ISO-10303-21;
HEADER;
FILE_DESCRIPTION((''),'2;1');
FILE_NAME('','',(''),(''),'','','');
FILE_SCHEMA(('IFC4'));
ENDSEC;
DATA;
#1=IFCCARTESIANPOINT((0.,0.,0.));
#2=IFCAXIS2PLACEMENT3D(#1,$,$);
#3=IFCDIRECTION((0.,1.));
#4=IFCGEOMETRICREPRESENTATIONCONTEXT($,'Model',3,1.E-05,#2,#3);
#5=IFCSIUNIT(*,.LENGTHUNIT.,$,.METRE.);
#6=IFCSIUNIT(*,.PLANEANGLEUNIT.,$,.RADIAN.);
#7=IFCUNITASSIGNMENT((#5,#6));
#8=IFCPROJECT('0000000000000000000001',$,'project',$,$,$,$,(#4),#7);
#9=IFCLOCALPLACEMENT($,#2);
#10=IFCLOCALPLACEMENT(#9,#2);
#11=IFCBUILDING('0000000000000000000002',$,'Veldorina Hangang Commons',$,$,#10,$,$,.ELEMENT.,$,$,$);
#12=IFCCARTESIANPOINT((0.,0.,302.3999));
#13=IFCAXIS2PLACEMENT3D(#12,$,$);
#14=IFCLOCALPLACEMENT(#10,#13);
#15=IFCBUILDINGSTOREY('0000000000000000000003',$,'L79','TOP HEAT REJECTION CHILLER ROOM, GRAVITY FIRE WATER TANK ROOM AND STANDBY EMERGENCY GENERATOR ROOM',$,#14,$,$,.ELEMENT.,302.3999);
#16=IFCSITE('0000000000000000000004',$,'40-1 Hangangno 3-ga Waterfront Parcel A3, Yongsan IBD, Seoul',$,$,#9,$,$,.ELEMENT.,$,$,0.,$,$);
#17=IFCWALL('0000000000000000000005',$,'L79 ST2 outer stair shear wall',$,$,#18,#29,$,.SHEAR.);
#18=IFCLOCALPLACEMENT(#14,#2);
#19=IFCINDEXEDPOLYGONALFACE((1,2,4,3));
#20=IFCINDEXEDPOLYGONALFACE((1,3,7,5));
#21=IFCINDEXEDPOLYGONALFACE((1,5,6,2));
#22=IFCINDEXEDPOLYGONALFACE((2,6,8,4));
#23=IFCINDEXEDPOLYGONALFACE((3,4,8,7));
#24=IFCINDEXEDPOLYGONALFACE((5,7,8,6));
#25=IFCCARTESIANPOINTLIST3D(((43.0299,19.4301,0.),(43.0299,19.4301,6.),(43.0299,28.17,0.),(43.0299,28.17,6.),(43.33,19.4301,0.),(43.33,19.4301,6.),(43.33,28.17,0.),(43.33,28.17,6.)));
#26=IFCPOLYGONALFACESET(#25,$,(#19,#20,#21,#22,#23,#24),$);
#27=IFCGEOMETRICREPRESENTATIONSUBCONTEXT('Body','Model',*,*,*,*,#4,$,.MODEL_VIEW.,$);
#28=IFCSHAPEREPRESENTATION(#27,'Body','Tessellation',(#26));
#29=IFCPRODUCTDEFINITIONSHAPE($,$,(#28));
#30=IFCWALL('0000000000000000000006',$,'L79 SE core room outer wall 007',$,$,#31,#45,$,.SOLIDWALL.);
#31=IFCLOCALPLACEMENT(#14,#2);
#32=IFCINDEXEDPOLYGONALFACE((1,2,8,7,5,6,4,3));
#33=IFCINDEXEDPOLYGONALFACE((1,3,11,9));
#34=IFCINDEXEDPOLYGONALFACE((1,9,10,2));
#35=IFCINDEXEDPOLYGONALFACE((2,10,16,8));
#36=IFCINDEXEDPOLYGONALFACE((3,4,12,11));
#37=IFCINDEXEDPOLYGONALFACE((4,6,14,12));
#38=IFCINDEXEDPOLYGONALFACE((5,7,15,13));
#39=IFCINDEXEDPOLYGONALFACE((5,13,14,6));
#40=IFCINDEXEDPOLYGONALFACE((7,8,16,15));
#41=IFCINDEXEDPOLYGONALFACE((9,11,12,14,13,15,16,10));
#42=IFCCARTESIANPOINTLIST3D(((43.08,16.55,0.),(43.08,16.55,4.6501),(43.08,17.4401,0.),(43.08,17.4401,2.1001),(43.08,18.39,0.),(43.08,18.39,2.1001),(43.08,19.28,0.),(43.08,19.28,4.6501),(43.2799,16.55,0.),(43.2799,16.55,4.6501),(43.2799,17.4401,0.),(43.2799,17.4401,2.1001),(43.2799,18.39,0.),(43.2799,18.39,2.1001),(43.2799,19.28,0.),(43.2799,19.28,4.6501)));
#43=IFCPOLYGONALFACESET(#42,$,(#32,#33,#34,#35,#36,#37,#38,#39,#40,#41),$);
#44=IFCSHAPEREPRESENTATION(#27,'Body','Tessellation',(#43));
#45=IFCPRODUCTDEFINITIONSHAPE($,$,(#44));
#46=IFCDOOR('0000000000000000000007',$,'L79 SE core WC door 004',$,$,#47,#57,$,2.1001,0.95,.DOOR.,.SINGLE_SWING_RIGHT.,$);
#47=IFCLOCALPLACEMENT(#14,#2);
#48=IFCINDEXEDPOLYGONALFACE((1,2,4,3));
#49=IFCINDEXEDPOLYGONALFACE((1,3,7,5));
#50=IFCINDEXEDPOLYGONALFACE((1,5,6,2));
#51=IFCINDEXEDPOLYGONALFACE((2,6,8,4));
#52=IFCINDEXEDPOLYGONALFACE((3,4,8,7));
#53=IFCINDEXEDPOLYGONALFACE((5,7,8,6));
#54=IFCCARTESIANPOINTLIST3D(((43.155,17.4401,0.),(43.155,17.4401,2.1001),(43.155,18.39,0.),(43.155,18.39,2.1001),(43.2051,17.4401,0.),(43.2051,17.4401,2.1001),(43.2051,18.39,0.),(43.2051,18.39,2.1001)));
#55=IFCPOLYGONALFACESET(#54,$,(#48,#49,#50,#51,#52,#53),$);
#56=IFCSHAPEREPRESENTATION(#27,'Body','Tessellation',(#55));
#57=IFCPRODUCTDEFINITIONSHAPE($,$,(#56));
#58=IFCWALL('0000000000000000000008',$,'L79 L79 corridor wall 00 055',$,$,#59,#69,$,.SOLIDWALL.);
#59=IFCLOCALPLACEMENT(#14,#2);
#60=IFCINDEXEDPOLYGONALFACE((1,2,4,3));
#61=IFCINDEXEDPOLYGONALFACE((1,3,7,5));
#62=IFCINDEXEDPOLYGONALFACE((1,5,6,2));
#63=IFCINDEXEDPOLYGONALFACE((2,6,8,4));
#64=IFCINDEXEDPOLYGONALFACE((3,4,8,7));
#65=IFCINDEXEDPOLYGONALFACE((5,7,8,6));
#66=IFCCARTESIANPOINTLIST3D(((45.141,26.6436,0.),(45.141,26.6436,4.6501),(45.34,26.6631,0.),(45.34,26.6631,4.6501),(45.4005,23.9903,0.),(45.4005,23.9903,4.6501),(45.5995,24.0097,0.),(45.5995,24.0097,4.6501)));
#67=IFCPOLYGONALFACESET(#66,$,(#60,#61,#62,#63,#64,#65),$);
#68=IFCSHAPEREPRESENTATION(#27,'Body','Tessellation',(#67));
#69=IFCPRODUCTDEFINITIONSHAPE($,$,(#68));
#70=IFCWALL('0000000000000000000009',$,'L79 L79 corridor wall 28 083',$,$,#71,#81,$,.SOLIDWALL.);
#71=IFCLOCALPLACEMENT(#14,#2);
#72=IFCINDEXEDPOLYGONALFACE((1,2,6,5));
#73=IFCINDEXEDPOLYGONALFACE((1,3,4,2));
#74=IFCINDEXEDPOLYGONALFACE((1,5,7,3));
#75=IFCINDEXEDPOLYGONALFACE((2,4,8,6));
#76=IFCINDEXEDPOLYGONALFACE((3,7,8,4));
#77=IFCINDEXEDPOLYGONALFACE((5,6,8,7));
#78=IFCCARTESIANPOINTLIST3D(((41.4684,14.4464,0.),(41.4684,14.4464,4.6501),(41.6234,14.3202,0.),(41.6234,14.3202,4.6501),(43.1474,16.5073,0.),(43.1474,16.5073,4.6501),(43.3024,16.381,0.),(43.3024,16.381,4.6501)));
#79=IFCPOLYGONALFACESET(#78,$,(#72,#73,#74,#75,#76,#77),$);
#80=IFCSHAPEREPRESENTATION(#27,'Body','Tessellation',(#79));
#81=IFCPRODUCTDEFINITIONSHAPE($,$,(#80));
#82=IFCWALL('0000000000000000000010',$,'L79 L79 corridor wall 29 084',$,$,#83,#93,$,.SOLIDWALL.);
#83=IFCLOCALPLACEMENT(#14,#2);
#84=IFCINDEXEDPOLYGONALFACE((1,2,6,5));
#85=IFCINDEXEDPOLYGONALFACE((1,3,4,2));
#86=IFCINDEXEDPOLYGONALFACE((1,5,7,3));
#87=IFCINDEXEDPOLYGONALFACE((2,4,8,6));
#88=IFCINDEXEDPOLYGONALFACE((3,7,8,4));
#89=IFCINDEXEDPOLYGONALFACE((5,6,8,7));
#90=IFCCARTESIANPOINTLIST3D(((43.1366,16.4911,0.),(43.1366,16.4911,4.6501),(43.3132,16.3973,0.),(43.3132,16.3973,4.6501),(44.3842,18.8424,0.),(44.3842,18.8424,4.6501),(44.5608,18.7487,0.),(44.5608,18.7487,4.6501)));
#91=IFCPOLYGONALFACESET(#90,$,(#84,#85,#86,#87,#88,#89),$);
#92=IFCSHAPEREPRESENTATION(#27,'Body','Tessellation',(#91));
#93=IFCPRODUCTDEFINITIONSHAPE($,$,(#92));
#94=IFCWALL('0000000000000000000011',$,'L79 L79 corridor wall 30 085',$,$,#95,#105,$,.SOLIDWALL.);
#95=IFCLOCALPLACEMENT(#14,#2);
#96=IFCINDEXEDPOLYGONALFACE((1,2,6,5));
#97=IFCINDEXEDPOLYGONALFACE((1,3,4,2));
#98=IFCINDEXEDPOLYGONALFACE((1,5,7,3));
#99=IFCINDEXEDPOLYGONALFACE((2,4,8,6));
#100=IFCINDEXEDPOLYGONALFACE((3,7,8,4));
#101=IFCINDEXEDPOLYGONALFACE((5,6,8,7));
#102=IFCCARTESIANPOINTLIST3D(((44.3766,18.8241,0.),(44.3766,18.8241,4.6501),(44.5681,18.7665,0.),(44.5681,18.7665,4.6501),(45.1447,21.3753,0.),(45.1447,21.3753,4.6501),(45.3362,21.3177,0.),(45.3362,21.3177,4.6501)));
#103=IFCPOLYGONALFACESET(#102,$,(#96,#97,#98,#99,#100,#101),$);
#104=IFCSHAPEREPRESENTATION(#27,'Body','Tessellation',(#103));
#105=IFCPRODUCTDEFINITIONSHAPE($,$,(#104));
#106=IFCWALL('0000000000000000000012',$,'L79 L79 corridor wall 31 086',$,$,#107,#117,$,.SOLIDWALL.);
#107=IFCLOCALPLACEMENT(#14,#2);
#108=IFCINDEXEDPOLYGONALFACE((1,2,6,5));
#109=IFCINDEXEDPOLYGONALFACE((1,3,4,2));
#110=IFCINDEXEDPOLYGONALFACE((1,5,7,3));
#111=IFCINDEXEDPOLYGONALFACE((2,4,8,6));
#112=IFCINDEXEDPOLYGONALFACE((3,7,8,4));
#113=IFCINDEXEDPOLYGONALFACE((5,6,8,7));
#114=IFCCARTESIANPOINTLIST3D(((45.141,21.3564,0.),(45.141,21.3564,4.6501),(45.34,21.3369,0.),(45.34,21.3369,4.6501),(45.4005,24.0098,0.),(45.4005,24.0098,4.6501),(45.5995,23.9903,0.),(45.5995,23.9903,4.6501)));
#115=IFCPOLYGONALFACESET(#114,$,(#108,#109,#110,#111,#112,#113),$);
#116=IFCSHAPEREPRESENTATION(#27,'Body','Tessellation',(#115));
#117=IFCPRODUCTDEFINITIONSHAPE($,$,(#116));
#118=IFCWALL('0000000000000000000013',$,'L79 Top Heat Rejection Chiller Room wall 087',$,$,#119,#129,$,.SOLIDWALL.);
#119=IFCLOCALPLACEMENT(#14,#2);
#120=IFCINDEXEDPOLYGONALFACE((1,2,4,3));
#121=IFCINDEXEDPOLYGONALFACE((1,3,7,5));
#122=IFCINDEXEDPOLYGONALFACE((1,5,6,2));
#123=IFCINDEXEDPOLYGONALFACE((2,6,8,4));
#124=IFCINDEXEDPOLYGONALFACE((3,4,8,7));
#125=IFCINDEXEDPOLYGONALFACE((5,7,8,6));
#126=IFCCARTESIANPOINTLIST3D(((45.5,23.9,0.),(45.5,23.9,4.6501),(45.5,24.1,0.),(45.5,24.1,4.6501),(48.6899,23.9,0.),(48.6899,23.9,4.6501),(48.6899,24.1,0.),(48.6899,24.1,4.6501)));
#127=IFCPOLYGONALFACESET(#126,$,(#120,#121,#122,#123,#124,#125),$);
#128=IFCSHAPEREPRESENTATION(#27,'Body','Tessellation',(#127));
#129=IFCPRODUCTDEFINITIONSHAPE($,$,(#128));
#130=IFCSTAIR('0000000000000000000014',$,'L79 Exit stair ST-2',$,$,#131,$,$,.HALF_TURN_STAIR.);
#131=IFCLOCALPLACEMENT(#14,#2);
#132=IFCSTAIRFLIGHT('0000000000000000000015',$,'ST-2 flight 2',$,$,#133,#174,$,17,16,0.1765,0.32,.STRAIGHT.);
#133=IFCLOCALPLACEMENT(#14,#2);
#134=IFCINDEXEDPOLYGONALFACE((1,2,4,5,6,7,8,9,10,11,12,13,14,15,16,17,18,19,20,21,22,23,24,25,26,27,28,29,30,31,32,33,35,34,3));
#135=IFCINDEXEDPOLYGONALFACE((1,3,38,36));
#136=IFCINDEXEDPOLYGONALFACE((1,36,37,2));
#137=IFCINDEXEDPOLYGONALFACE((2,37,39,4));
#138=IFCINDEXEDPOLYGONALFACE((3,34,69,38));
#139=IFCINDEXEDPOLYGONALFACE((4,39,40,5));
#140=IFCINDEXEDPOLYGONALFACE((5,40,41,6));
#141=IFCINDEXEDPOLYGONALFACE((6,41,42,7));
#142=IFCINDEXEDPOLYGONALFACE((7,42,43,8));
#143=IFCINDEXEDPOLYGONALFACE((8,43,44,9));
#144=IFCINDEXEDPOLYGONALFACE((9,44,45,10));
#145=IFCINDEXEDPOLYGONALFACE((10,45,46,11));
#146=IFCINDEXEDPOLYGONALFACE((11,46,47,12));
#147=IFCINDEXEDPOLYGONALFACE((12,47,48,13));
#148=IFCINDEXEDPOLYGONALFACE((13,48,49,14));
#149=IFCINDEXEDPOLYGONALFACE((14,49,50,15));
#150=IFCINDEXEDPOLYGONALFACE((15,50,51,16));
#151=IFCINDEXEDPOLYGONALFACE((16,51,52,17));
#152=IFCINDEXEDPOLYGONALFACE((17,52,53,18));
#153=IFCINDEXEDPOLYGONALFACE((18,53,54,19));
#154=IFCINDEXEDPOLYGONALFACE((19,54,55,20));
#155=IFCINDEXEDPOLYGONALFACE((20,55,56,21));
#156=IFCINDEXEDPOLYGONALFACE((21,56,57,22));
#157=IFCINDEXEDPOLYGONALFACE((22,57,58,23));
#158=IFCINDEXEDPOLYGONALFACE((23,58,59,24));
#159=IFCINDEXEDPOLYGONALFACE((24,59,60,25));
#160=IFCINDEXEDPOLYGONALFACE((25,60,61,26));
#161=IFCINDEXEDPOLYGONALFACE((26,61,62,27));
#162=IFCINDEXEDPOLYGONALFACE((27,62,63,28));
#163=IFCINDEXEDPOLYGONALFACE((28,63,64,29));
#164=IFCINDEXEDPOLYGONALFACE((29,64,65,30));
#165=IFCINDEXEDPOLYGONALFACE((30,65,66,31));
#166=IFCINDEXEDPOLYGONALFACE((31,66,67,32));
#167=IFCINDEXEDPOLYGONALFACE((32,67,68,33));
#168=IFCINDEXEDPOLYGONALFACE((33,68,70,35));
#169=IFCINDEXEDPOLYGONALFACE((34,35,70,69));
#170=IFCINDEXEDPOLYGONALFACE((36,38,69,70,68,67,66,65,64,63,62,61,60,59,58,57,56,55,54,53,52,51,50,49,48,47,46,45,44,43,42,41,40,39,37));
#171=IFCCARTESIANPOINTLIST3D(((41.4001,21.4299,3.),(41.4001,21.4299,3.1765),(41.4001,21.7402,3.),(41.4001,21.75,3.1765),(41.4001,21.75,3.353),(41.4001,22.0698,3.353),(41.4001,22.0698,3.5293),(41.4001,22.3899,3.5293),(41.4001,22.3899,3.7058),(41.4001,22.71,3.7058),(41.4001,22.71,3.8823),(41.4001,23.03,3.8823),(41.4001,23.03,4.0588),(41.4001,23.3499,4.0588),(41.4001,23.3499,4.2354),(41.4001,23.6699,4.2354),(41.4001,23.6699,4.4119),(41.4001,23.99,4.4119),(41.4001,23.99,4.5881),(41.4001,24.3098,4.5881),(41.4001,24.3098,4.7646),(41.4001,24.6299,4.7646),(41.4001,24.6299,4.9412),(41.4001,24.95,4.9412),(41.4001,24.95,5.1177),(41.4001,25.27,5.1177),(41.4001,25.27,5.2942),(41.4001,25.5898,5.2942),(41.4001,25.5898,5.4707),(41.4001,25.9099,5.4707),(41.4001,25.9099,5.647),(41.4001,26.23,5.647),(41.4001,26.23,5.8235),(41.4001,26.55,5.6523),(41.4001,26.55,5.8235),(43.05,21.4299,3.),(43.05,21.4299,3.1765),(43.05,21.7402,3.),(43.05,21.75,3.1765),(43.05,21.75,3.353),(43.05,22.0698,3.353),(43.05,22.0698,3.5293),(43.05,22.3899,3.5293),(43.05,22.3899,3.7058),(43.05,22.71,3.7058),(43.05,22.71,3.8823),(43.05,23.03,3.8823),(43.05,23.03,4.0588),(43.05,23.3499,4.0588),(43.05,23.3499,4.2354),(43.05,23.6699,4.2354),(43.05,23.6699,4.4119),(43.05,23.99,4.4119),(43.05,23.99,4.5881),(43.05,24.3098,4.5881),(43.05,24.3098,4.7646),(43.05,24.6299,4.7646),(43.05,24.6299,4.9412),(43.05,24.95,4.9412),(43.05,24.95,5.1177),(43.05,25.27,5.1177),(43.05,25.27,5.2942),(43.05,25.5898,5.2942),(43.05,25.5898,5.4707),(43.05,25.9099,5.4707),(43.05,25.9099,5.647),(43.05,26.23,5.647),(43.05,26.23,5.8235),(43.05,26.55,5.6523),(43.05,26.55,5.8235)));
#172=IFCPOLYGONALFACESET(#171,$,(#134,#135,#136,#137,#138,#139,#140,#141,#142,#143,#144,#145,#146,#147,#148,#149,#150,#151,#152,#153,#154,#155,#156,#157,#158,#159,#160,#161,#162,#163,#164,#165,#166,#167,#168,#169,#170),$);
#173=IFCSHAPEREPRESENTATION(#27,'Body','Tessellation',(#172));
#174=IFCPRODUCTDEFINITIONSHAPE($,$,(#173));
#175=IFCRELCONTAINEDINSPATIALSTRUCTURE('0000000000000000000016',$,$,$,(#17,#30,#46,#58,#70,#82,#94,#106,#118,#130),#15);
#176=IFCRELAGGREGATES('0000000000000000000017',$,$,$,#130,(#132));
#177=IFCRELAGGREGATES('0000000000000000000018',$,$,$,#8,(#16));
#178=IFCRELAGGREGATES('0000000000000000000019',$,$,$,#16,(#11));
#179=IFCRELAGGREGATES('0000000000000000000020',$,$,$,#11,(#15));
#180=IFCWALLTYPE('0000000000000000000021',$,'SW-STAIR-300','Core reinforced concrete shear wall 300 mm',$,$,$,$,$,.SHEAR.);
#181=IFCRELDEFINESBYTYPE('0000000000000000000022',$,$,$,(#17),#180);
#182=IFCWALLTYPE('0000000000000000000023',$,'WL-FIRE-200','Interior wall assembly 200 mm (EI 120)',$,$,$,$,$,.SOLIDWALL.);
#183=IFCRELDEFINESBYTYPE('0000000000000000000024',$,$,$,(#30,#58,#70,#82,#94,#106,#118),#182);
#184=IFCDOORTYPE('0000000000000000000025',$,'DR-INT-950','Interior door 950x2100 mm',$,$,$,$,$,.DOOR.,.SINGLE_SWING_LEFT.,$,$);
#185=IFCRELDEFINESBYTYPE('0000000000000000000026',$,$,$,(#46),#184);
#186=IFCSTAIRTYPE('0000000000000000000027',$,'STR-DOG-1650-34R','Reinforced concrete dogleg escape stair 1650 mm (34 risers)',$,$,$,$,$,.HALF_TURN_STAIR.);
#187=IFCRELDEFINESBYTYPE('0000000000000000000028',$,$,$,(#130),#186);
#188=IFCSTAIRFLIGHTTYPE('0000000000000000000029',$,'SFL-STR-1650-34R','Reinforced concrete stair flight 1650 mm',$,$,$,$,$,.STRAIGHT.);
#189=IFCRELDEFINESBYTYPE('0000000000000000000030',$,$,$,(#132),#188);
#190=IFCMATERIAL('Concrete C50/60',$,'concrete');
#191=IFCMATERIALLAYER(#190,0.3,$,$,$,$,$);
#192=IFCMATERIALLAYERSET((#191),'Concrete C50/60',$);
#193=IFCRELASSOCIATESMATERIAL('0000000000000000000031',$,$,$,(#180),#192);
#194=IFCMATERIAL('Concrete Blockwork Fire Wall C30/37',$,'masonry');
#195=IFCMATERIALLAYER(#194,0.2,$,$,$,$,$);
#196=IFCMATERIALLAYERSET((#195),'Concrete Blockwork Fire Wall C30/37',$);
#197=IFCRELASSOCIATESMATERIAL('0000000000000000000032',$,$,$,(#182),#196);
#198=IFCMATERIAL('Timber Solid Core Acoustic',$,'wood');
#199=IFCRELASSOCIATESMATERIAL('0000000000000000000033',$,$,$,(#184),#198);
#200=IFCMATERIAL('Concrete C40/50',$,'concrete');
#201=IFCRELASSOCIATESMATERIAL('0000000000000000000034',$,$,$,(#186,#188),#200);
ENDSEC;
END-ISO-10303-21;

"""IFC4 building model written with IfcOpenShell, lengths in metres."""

from ifc_helpers import new_model, si_unit, direction, frame, frame_2d, origin, place, context, subcontext, project, spatial, polyline, rectangle, outline, extrude, material, layer, layer_set, type_object, element, fill, aggregate, save


model = new_model("IFC4")

# Units and contexts
model_context = context("Model", 3, precision=1e-05, world=origin(), true_north=direction((0.0, 1.0)))
body_context = subcontext(model_context, "Body", "Model", "MODEL_VIEW")
ifc_project = project(units=[si_unit("LENGTHUNIT", "METRE"), si_unit("PLANEANGLEUNIT", "RADIAN")], contexts=[model_context])

# Site, building, storey
site_placement = place(None, origin())
site = spatial("IfcSite", under=ifc_project, at=site_placement, Name="40-1 Hangangno 3-ga Waterfront Parcel A3, Yongsan IBD, Seoul", CompositionType="ELEMENT", RefElevation=0.0)
building_placement = place(site_placement, origin())
building = spatial("IfcBuilding", under=site, at=building_placement, Name="Veldorina Hangang Commons", CompositionType="ELEMENT")
storey_placement = place(building_placement, frame((0.0, 0.0, 302.3999)))
storey = spatial("IfcBuildingStorey", under=building, at=storey_placement, Name="L79", Description="TOP HEAT REJECTION CHILLER ROOM, GRAVITY FIRE WATER TANK ROOM AND STANDBY EMERGENCY GENERATOR ROOM", CompositionType="ELEMENT", Elevation=302.3999)

# Wall
ifc_material_1 = material(Name="Concrete C50/60", Category="concrete")
ifc_layer_1 = layer(ifc_material_1, 0.3)
ifc_layer_set_1 = layer_set([ifc_layer_1], Name="Concrete C50/60")
wall_type_1 = type_object("IfcWallType", Name="SW-STAIR-300", Description="Core reinforced concrete shear wall 300 mm", PredefinedType="SHEAR", material=ifc_layer_set_1)
wall_1_placement = place(storey_placement, frame((43.1799, 19.4299, 0.0), z_axis=(0.0, 0.0, 1.0), x_axis=(0.0, 1.0, 0.0)))
element("IfcWall", 1, at=wall_1_placement, inside=storey, type_object=wall_type_1, Name="L79 ST2 outer stair shear wall", PredefinedType="SHEAR", context=body_context, shape_type="SweptSolid", body=[
    extrude(rectangle(XDim=8.74, YDim=0.3, at=frame_2d((4.3701, 0.0))), origin(), (0.0, 0.0, 1.0), 6.0),
])

# Wall, opening, door
ifc_material_2 = material(Name="Concrete Blockwork Fire Wall C30/37", Category="masonry")
ifc_layer_2 = layer(ifc_material_2, 0.2)
ifc_layer_set_2 = layer_set([ifc_layer_2], Name="Concrete Blockwork Fire Wall C30/37")
wall_type_2 = type_object("IfcWallType", Name="WL-FIRE-200", Description="Interior wall assembly 200 mm (EI 120)", PredefinedType="SOLIDWALL", material=ifc_layer_set_2)
wall_2_placement = place(storey_placement, frame((43.1799, 16.55, 0.0), z_axis=(0.0, 0.0, 1.0), x_axis=(0.0, 1.0, 0.0)))
wall_2 = element("IfcWall", 2, at=wall_2_placement, inside=storey, type_object=wall_type_2, Name="L79 SE core room outer wall 007", PredefinedType="SOLIDWALL", context=body_context, shape_type="SweptSolid", body=[
    extrude(rectangle(XDim=2.73, YDim=0.2, at=frame_2d((1.365, 0.0))), origin(), (0.0, 0.0, 1.0), 4.6501),
])
opening_placement = place(wall_2_placement, frame((0.8899, 0.0, 0.0)))
opening = element("IfcOpeningElement", 3, at=opening_placement, cuts=wall_2, PredefinedType="OPENING", context=body_context, shape_type="SweptSolid", body=[
    extrude(rectangle(XDim=0.95, YDim=2.1001, at=frame_2d((0.4751, 1.05))), frame((0.0, 0.1099, 0.0), z_axis=(0.0, -1.0, 0.0), x_axis=(1.0, 0.0, 0.0)), (0.0, 0.0, 1.0), 0.22),
])
ifc_material_3 = material(Name="Timber Solid Core Acoustic", Category="wood")
door_type = type_object("IfcDoorType", Name="DR-INT-950", Description="Interior door 950x2100 mm", OperationType="SINGLE_SWING_LEFT", PredefinedType="DOOR", material=ifc_material_3)
door_placement = place(opening_placement, origin())
door = element("IfcDoor", 4, at=door_placement, inside=storey, type_object=door_type, Name="L79 SE core WC door 004", OperationType="SINGLE_SWING_RIGHT", OverallHeight=2.1001, OverallWidth=0.95, PredefinedType="DOOR", context=body_context, shape_type="SweptSolid", body=[
    extrude(rectangle(XDim=0.95, YDim=2.1001, at=frame_2d((0.4751, 1.05))), frame((0.0, 0.0249, 0.0), z_axis=(0.0, -1.0, 0.0), x_axis=(1.0, 0.0, 0.0)), (0.0, 0.0, 1.0), 0.05),
])
fill(opening, door)

# Walls
wall_3_placement = place(storey_placement, frame((45.5, 24.0, 0.0), z_axis=(0.0, 0.0, 1.0), x_axis=(-0.097346, 0.995251, 0.0)))
element("IfcWall", 5, at=wall_3_placement, inside=storey, type_object=wall_type_2, Name="L79 L79 corridor wall 00 055", PredefinedType="SOLIDWALL", context=body_context, shape_type="SweptSolid", body=[
    extrude(rectangle(XDim=2.666, YDim=0.2, at=frame_2d((1.333, 0.0))), origin(), (0.0, 0.0, 1.0), 4.6501),
])
wall_4_placement = place(storey_placement, frame((41.5459, 14.3833, 0.0), z_axis=(0.0, 0.0, 1.0), x_axis=(0.631626, 0.775273, 0.0)))
element("IfcWall", 6, at=wall_4_placement, inside=storey, type_object=wall_type_2, Name="L79 L79 corridor wall 28 083", PredefinedType="SOLIDWALL", context=body_context, shape_type="SweptSolid", body=[
    extrude(rectangle(XDim=2.6582, YDim=0.2, at=frame_2d((1.3291, 0.0))), origin(), (0.0, 0.0, 1.0), 4.6501),
])
wall_5_placement = place(storey_placement, frame((43.2249, 16.4441, 0.0), z_axis=(0.0, 0.0, 1.0), x_axis=(0.468692, 0.883361, 0.0)))
element("IfcWall", 7, at=wall_5_placement, inside=storey, type_object=wall_type_2, Name="L79 L79 corridor wall 29 084", PredefinedType="SOLIDWALL", context=body_context, shape_type="SweptSolid", body=[
    extrude(rectangle(XDim=2.6619, YDim=0.2, at=frame_2d((1.3311, 0.0))), origin(), (0.0, 0.0, 1.0), 4.6501),
])
wall_6_placement = place(storey_placement, frame((44.4724, 18.7954, 0.0), z_axis=(0.0, 0.0, 1.0), x_axis=(0.288272, 0.957548, 0.0)))
element("IfcWall", 8, at=wall_6_placement, inside=storey, type_object=wall_type_2, Name="L79 L79 corridor wall 30 085", PredefinedType="SOLIDWALL", context=body_context, shape_type="SweptSolid", body=[
    extrude(rectangle(XDim=2.6643, YDim=0.2, at=frame_2d((1.332, 0.0))), origin(), (0.0, 0.0, 1.0), 4.6501),
])
wall_7_placement = place(storey_placement, frame((45.2405, 21.3467, 0.0), z_axis=(0.0, 0.0, 1.0), x_axis=(0.097346, 0.995251, 0.0)))
element("IfcWall", 9, at=wall_7_placement, inside=storey, type_object=wall_type_2, Name="L79 L79 corridor wall 31 086", PredefinedType="SOLIDWALL", context=body_context, shape_type="SweptSolid", body=[
    extrude(rectangle(XDim=2.666, YDim=0.2, at=frame_2d((1.333, 0.0))), origin(), (0.0, 0.0, 1.0), 4.6501),
])
wall_8_placement = place(storey_placement, frame((45.5, 24.0, 0.0), z_axis=(0.0, 0.0, 1.0), x_axis=(1.0, 0.0, 0.0)))
element("IfcWall", 10, at=wall_8_placement, inside=storey, type_object=wall_type_2, Name="L79 Top Heat Rejection Chiller Room wall 087", PredefinedType="SOLIDWALL", context=body_context, shape_type="SweptSolid", body=[
    extrude(rectangle(XDim=3.1899, YDim=0.2, at=frame_2d((1.595, 0.0))), origin(), (0.0, 0.0, 1.0), 4.6501),
])

# Stair, stair flight
ifc_material_4 = material(Name="Concrete C40/50", Category="concrete")
stair_type = type_object("IfcStairType", Name="STR-DOG-1650-34R", Description="Reinforced concrete dogleg escape stair 1650 mm (34 risers)", PredefinedType="HALF_TURN_STAIR", material=ifc_material_4)
stair_placement = place(storey_placement, origin())
stair = element("IfcStair", 11, at=stair_placement, inside=storey, type_object=stair_type, Name="L79 Exit stair ST-2", PredefinedType="HALF_TURN_STAIR")
stair_flight_type = type_object("IfcStairFlightType", Name="SFL-STR-1650-34R", Description="Reinforced concrete stair flight 1650 mm", PredefinedType="STRAIGHT", material=ifc_material_4)
stair_flight_placement = place(storey_placement, frame((42.2251, 21.4299, 3.0), z_axis=(0.0, 0.0, 1.0), x_axis=(0.0, 1.0, 0.0)))
stair_flight = element("IfcStairFlight", 12, at=stair_flight_placement, type_object=stair_flight_type, Name="ST-2 flight 2", NumberOfRisers=17, NumberOfTreads=16, PredefinedType="STRAIGHT", RiserHeight=0.1765, TreadLength=0.32, context=body_context, shape_type="SweptSolid", body=[
    extrude(outline(polyline([(0.0, 0.0), (0.0, 0.1765), (0.3201, 0.1765), (0.3201, 0.353), (0.6399, 0.353), (0.6399, 0.5293), (0.96, 0.5293), (0.96, 0.7058), (1.28, 0.7058), (1.28, 0.8823), (1.6001, 0.8823), (1.6001, 1.0588), (1.9199, 1.0588), (1.9199, 1.2354), (2.24, 1.2354), (2.24, 1.4119), (2.5601, 1.4119), (2.5601, 1.5881), (2.8799, 1.5881), (2.8799, 1.7646), (3.2, 1.7646), (3.2, 1.9412), (3.52, 1.9412), (3.52, 2.1177), (3.8401, 2.1177), (3.8401, 2.2942), (4.1599, 2.2942), (4.1599, 2.4707), (4.48, 2.4707), (4.48, 2.647), (4.8, 2.647), (4.8, 2.8235), (5.1201, 2.8235), (5.1201, 3.0), (5.1201, 2.6523), (0.3103, 0.0), (0.0, 0.0)])), frame((0.0, 0.825, 0.0), z_axis=(0.0, -1.0, 0.0), x_axis=(1.0, 0.0, 0.0)), (0.0, 0.0, 1.0), 1.6499),
])
aggregate(stair, [stair_flight])

save(model, "model.ifc")
